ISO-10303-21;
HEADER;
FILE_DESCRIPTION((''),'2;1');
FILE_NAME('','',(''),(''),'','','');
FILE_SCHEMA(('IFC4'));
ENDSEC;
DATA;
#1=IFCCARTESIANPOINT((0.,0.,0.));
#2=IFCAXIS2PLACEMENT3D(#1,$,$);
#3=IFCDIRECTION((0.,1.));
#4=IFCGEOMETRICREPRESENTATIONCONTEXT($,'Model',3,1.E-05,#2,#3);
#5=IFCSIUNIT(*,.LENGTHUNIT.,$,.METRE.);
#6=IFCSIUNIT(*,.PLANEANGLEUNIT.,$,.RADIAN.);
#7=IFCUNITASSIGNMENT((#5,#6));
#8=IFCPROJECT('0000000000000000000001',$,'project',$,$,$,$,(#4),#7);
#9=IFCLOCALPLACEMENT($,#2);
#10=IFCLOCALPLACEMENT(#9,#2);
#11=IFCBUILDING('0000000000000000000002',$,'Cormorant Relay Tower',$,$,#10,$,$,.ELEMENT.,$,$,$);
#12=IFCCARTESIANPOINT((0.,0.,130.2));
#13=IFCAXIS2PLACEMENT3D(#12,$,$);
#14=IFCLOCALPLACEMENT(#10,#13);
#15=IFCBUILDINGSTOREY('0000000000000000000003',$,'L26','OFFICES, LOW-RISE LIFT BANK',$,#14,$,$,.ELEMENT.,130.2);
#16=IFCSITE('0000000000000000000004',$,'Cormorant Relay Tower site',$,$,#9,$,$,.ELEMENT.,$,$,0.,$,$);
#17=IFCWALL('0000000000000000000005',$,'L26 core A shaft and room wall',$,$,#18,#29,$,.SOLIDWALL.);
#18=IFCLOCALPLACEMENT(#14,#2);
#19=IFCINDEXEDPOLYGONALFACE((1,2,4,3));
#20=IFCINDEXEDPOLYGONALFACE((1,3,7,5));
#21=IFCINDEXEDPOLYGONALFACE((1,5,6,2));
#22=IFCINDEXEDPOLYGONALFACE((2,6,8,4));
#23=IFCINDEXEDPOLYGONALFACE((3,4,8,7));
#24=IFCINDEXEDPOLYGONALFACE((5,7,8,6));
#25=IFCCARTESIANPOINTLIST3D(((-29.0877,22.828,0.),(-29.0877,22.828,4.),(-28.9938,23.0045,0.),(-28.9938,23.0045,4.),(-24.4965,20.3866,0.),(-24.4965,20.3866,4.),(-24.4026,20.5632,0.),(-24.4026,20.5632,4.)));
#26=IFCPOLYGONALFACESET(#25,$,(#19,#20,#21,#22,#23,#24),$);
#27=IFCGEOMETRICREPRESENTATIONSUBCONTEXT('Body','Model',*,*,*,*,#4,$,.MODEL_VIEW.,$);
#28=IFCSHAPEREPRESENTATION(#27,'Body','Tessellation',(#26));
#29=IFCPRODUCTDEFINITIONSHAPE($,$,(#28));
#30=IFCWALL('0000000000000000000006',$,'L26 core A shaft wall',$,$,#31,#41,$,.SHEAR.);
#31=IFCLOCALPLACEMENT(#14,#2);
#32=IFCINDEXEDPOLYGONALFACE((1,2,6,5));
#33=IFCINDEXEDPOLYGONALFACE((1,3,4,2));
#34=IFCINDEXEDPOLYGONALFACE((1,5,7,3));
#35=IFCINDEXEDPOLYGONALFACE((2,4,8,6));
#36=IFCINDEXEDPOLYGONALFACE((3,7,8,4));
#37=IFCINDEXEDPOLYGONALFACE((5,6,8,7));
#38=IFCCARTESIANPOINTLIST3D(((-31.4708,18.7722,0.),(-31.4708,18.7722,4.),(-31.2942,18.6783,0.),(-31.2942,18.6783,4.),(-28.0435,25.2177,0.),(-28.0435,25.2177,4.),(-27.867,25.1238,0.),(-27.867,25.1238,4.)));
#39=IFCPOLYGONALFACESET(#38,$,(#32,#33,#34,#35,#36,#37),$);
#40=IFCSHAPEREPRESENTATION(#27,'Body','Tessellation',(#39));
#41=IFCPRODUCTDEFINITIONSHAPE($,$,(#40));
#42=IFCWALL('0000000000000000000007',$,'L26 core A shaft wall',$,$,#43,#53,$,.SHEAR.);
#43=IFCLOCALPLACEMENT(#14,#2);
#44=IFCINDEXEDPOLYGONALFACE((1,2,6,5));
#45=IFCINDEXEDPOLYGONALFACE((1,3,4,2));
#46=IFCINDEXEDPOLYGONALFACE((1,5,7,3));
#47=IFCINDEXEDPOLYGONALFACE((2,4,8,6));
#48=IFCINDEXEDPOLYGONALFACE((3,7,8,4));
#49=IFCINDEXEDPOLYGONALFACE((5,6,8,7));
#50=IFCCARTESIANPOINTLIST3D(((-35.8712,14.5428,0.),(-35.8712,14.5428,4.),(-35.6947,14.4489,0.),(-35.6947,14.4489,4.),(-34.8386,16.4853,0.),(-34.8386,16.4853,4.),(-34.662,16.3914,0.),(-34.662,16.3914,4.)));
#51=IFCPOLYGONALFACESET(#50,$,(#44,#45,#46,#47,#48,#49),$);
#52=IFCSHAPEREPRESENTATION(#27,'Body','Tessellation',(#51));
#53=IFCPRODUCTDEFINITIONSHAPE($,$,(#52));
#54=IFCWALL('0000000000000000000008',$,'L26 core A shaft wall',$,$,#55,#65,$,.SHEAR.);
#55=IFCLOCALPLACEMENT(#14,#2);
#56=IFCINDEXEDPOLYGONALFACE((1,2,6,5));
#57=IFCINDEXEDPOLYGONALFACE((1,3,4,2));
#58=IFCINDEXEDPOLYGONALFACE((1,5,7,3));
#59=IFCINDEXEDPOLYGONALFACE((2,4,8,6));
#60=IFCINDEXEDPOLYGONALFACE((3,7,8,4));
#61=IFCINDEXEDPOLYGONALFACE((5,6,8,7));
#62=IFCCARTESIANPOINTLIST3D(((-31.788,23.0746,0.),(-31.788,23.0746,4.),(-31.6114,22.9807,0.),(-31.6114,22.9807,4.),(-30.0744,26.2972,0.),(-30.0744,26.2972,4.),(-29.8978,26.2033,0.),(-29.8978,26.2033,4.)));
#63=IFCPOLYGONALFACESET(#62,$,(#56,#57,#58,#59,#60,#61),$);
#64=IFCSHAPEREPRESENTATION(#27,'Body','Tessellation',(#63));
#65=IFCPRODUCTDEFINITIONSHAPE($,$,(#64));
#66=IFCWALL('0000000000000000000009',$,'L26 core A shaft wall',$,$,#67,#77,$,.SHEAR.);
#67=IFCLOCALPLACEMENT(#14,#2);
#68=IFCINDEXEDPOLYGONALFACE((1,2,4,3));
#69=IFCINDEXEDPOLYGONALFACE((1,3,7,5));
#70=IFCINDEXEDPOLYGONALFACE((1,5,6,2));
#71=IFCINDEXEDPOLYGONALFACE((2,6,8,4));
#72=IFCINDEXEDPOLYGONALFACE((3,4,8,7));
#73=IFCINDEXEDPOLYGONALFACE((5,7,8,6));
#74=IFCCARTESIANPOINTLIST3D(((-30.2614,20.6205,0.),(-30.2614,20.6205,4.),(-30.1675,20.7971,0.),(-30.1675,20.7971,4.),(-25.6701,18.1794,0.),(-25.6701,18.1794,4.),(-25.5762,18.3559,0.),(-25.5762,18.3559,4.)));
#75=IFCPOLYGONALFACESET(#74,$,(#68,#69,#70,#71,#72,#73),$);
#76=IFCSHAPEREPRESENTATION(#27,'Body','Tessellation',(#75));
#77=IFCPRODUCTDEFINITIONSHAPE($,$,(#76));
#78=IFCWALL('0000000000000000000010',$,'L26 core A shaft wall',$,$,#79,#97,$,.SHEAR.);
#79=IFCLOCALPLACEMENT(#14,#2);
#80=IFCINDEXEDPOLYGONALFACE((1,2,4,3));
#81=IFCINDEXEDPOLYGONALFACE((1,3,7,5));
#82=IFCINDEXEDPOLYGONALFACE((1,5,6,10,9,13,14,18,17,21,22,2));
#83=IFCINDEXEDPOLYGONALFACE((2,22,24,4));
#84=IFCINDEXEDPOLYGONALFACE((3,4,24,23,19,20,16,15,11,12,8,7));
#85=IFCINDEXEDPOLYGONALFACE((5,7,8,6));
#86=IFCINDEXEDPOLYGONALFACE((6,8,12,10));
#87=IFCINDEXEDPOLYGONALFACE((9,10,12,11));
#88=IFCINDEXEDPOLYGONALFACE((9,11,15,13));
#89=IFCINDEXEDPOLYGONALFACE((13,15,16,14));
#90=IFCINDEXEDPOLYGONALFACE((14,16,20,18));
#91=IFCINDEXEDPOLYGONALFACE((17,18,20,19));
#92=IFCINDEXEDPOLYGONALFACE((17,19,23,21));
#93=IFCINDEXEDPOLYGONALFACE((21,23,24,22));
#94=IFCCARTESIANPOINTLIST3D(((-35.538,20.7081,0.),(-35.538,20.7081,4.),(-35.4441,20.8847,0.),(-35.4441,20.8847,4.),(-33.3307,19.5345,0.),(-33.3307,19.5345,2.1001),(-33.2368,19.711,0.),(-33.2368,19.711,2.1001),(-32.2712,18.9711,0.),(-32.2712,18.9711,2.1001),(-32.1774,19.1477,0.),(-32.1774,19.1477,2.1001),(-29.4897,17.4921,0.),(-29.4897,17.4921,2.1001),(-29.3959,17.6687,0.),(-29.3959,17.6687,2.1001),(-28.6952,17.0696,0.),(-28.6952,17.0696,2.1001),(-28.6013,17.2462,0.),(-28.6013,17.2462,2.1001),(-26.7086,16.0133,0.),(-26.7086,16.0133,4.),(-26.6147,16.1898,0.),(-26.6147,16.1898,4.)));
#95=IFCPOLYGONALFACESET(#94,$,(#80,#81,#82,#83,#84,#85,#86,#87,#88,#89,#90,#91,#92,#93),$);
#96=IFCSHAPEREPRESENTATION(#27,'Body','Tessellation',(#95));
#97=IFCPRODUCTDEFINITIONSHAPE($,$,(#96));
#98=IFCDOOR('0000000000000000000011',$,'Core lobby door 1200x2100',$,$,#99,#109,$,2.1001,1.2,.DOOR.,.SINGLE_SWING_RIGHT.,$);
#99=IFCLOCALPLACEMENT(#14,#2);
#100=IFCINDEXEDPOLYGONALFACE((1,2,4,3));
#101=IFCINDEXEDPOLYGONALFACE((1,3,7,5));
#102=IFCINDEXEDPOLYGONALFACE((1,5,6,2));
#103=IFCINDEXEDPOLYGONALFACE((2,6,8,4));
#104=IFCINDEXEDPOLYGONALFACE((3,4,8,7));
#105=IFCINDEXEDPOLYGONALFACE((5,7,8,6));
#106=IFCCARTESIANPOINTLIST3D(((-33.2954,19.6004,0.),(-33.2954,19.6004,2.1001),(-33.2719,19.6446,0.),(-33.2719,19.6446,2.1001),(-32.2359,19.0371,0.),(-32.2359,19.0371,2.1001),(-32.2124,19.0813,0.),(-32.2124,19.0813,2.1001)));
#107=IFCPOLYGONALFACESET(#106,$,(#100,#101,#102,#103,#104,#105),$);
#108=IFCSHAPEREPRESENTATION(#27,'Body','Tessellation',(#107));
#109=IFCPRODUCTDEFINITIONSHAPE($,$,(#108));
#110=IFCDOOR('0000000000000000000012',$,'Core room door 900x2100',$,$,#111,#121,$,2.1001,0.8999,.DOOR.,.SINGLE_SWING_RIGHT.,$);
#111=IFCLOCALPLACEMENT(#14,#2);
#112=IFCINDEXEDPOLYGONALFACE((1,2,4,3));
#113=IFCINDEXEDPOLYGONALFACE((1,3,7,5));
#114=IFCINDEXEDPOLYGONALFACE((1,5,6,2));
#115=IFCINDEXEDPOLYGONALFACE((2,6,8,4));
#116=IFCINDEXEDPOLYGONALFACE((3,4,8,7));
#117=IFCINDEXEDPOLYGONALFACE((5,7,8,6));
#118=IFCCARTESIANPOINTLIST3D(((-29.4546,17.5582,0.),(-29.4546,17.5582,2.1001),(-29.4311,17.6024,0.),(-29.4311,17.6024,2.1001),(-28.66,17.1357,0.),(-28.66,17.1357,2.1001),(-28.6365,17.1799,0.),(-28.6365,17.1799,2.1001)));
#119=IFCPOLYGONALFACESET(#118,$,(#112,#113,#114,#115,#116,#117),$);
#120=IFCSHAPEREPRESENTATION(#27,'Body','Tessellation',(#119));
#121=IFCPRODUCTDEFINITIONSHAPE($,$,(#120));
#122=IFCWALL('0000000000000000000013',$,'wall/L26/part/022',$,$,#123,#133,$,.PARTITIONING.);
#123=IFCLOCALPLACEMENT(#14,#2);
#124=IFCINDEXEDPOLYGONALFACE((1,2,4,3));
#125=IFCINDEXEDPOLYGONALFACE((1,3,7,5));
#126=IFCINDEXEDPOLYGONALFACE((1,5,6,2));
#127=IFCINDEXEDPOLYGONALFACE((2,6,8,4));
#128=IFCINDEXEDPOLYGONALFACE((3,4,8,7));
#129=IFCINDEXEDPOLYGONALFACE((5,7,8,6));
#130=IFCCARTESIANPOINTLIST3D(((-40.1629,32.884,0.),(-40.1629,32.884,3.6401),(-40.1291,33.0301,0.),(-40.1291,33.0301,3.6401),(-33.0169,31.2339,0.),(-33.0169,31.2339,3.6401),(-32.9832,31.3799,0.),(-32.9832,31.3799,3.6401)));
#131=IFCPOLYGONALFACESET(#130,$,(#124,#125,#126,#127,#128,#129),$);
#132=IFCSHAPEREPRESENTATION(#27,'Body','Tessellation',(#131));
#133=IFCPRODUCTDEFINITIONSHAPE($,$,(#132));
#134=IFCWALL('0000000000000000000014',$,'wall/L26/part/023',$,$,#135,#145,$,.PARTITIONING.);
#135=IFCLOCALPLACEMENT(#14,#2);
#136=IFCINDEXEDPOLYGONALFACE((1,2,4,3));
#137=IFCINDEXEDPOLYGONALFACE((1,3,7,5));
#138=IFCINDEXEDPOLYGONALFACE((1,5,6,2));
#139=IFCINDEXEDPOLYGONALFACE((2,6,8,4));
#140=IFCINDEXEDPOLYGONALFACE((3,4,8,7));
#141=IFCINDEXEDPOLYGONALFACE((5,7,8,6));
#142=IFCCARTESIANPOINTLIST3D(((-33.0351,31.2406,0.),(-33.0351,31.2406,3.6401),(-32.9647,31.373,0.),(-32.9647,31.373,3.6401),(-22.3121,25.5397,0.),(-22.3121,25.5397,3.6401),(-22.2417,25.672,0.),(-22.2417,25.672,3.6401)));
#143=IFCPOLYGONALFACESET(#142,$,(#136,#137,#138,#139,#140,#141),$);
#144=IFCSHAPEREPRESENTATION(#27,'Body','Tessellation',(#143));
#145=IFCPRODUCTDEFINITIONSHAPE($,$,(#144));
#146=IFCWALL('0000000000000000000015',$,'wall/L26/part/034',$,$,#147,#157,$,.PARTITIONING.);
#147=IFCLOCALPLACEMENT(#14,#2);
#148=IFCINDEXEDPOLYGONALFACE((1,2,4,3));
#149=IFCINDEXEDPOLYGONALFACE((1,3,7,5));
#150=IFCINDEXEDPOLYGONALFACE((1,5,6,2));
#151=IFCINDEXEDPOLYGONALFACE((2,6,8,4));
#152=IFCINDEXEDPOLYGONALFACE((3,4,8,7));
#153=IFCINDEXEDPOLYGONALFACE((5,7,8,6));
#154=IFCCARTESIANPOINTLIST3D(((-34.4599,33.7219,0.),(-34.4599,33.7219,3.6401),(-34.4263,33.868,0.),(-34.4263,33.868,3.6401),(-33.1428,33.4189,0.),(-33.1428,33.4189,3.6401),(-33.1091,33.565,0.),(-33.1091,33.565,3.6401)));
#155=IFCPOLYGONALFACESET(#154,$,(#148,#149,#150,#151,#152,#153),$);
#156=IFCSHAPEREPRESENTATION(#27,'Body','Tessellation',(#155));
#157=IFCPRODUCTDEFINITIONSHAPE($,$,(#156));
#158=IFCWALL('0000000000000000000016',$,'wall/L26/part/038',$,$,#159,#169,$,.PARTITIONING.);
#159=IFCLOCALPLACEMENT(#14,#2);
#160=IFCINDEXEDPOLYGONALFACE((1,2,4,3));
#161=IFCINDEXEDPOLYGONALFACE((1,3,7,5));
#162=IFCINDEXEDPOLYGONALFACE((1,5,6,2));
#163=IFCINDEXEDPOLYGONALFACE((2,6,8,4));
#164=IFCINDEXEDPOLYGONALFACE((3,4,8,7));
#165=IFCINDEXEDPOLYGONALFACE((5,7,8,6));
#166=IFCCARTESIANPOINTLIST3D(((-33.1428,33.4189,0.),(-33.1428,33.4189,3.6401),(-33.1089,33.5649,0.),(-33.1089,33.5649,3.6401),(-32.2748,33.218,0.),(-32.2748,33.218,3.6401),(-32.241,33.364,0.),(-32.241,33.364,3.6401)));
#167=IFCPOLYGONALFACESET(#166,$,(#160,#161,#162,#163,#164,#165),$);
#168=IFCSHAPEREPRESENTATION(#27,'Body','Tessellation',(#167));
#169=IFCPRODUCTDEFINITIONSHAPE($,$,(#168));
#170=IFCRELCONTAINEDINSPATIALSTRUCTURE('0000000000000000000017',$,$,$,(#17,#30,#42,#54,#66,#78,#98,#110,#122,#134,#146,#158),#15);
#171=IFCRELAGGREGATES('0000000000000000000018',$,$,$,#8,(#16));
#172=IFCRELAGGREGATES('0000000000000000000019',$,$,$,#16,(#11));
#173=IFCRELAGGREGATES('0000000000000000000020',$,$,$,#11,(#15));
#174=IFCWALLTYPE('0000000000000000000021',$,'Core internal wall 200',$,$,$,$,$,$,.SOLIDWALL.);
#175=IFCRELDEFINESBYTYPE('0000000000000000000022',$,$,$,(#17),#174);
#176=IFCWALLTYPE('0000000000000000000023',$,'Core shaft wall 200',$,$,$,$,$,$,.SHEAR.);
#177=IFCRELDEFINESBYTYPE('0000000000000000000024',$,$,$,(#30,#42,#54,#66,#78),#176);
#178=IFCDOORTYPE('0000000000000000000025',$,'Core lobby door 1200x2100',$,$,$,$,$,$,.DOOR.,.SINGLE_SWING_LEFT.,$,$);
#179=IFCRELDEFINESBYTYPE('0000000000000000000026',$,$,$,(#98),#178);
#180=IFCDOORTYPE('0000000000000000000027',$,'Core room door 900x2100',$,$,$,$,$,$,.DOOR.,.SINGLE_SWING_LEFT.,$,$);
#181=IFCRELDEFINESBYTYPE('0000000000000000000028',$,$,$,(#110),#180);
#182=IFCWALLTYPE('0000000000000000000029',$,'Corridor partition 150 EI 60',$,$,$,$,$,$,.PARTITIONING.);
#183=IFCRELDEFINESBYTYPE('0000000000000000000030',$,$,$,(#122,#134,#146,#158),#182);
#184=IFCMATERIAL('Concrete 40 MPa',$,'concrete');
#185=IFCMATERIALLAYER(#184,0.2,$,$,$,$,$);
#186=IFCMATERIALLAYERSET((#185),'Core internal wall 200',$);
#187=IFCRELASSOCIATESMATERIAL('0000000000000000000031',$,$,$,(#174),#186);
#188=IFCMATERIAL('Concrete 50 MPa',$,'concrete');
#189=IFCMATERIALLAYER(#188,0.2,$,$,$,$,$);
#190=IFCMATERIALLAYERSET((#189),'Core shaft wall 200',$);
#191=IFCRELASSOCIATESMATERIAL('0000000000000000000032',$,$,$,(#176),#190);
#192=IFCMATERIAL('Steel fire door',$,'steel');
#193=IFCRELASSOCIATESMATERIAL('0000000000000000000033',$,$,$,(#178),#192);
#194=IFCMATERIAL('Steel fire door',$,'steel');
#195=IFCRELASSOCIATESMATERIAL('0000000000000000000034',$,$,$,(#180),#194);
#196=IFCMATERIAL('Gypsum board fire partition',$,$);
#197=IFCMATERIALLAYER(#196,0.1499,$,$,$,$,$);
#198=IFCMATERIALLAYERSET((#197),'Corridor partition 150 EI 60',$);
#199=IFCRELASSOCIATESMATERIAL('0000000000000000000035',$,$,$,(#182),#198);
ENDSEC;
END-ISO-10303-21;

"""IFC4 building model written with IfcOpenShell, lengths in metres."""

from ifc_helpers import new_model, si_unit, direction, frame, frame_2d, origin, place, context, subcontext, project, spatial, rectangle, extrude, material, layer, layer_set, type_object, element, fill, save


model = new_model("IFC4")

# Units and contexts
model_context = context("Model", 3, precision=1e-05, world=origin(), true_north=direction((0.0, 1.0)))
body_context = subcontext(model_context, "Body", "Model", "MODEL_VIEW")
ifc_project = project(units=[si_unit("LENGTHUNIT", "METRE"), si_unit("PLANEANGLEUNIT", "RADIAN")], contexts=[model_context])

# Site, building, storey
site_placement = place(None, origin())
site = spatial("IfcSite", under=ifc_project, at=site_placement, Name="Cormorant Relay Tower site", CompositionType="ELEMENT", RefElevation=0.0)
building_placement = place(site_placement, origin())
building = spatial("IfcBuilding", under=site, at=building_placement, Name="Cormorant Relay Tower", CompositionType="ELEMENT")
storey_placement = place(building_placement, frame((0.0, 0.0, 130.2)))
storey = spatial("IfcBuildingStorey", under=building, at=storey_placement, Name="L26", Description="OFFICES, LOW-RISE LIFT BANK", CompositionType="ELEMENT", Elevation=130.2)

# Walls
ifc_material_1 = material(Name="Concrete 40 MPa", Category="concrete")
ifc_layer_1 = layer(ifc_material_1, 0.2)
ifc_layer_set_1 = layer_set([ifc_layer_1], Name="Core internal wall 200")
wall_type_1 = type_object("IfcWallType", Name="Core internal wall 200", PredefinedType="SOLIDWALL", material=ifc_layer_set_1)
wall_1_placement = place(storey_placement, frame((-24.4495, 20.4749, 0.0), z_axis=(0.0, 0.0, 1.0), x_axis=(-0.882935, 0.469496, 0.0)))
element("IfcWall", 1, at=wall_1_placement, inside=storey, type_object=wall_type_1, Name="L26 core A shaft and room wall", PredefinedType="SOLIDWALL", context=body_context, shape_type="SweptSolid", body=[
    extrude(rectangle(XDim=5.2, YDim=0.2, at=frame_2d((2.6001, 0.0))), origin(), (0.0, 0.0, 1.0), 4.0),
])
ifc_material_2 = material(Name="Concrete 50 MPa", Category="concrete")
ifc_layer_2 = layer(ifc_material_2, 0.2)
ifc_layer_set_2 = layer_set([ifc_layer_2], Name="Core shaft wall 200")
wall_type_2 = type_object("IfcWallType", Name="Core shaft wall 200", PredefinedType="SHEAR", material=ifc_layer_set_2)
wall_2_placement = place(storey_placement, frame((-27.9553, 25.1707, 0.0), z_axis=(0.0, 0.0, 1.0), x_axis=(-0.46948, -0.882943, 0.0)))
element("IfcWall", 2, at=wall_2_placement, inside=storey, type_object=wall_type_2, Name="L26 core A shaft wall", PredefinedType="SHEAR", context=body_context, shape_type="SweptSolid", body=[
    extrude(rectangle(XDim=7.3, YDim=0.2, at=frame_2d((3.6499, 0.0))), origin(), (0.0, 0.0, 1.0), 4.0),
])
wall_3_placement = place(storey_placement, frame((-34.7502, 16.4385, 0.0), z_axis=(0.0, 0.0, 1.0), x_axis=(-0.469401, -0.882985, 0.0)))
element("IfcWall", 3, at=wall_3_placement, inside=storey, type_object=wall_type_2, Name="L26 core A shaft wall", PredefinedType="SHEAR", context=body_context, shape_type="SweptSolid", body=[
    extrude(rectangle(XDim=2.2, YDim=0.2, at=frame_2d((1.1001, 0.0))), origin(), (0.0, 0.0, 1.0), 4.0),
])
wall_4_placement = place(storey_placement, frame((-29.9861, 26.2502, 0.0), z_axis=(0.0, 0.0, 1.0), x_axis=(-0.469494, -0.882936, 0.0)))
element("IfcWall", 4, at=wall_4_placement, inside=storey, type_object=wall_type_2, Name="L26 core A shaft wall", PredefinedType="SHEAR", context=body_context, shape_type="SweptSolid", body=[
    extrude(rectangle(XDim=3.6499, YDim=0.2, at=frame_2d((1.825, 0.0))), origin(), (0.0, 0.0, 1.0), 4.0),
])

# Wall
wall_5_placement = place(storey_placement, frame((-25.623, 18.2676, 0.0), z_axis=(0.0, 0.0, 1.0), x_axis=(-0.882954, 0.46946, 0.0)))
element("IfcWall", 5, at=wall_5_placement, inside=storey, type_object=wall_type_2, Name="L26 core A shaft wall", PredefinedType="SHEAR", context=body_context, shape_type="SweptSolid", body=[
    extrude(rectangle(XDim=5.2, YDim=0.2, at=frame_2d((2.6001, 0.0))), origin(), (0.0, 0.0, 1.0), 4.0),
])

# Wall, openings, doors
wall_6_placement = place(storey_placement, frame((-26.6616, 16.1016, 0.0), z_axis=(0.0, 0.0, 1.0), x_axis=(-0.88294, 0.469485, 0.0)))
wall_6 = element("IfcWall", 6, at=wall_6_placement, inside=storey, type_object=wall_type_2, Name="L26 core A shaft wall", PredefinedType="SHEAR", context=body_context, shape_type="SweptSolid", body=[
    extrude(rectangle(XDim=10.0, YDim=0.2, at=frame_2d((5.0, 0.0))), origin(), (0.0, 0.0, 1.0), 4.0),
])
opening_1_placement = place(wall_6_placement, frame((6.3, 0.0, 0.0)))
opening_1 = element("IfcOpeningElement", 7, at=opening_1_placement, cuts=wall_6, PredefinedType="OPENING", context=body_context, shape_type="SweptSolid", body=[
    extrude(rectangle(XDim=1.2, YDim=2.1001, at=frame_2d((0.6001, 1.05))), frame((0.0, 0.1099, 0.0), z_axis=(0.0, -1.0, 0.0), x_axis=(1.0, 0.0, 0.0)), (0.0, 0.0, 1.0), 0.22),
])
opening_2_placement = place(wall_6_placement, frame((2.25, 0.0, 0.0)))
opening_2 = element("IfcOpeningElement", 8, at=opening_2_placement, cuts=wall_6, PredefinedType="OPENING", context=body_context, shape_type="SweptSolid", body=[
    extrude(rectangle(XDim=0.8999, YDim=2.1001, at=frame_2d((0.45, 1.05))), frame((0.0, 0.1099, 0.0), z_axis=(0.0, -1.0, 0.0), x_axis=(1.0, 0.0, 0.0)), (0.0, 0.0, 1.0), 0.22),
])
ifc_material_3 = material(Name="Steel fire door", Category="steel")
door_type_1 = type_object("IfcDoorType", Name="Core lobby door 1200x2100", OperationType="SINGLE_SWING_LEFT", PredefinedType="DOOR", material=ifc_material_3)
door_1_placement = place(opening_1_placement, frame((1.2, 0.0, 0.0), z_axis=(0.0, 0.0, 1.0), x_axis=(-1.0, 0.0, 0.0)))
door_1 = element("IfcDoor", 9, at=door_1_placement, inside=storey, type_object=door_type_1, Name="Core lobby door 1200x2100", OperationType="SINGLE_SWING_RIGHT", OverallHeight=2.1001, OverallWidth=1.2, PredefinedType="DOOR", context=body_context, shape_type="SweptSolid", body=[
    extrude(rectangle(XDim=1.2, YDim=2.1001, at=frame_2d((0.6001, 1.05))), frame((0.0, 0.0249, 0.0), z_axis=(0.0, -1.0, 0.0), x_axis=(1.0, 0.0, 0.0)), (0.0, 0.0, 1.0), 0.05),
])
fill(opening_1, door_1)
ifc_material_4 = material(Name="Steel fire door", Category="steel")
door_type_2 = type_object("IfcDoorType", Name="Core room door 900x2100", OperationType="SINGLE_SWING_LEFT", PredefinedType="DOOR", material=ifc_material_4)
door_2_placement = place(opening_2_placement, frame((0.8999, 0.0, 0.0), z_axis=(0.0, 0.0, 1.0), x_axis=(-1.0, 0.0, 0.0)))
door_2 = element("IfcDoor", 10, at=door_2_placement, inside=storey, type_object=door_type_2, Name="Core room door 900x2100", OperationType="SINGLE_SWING_RIGHT", OverallHeight=2.1001, OverallWidth=0.8999, PredefinedType="DOOR", context=body_context, shape_type="SweptSolid", body=[
    extrude(rectangle(XDim=0.8999, YDim=2.1001, at=frame_2d((0.45, 1.05))), frame((0.0, 0.0249, 0.0), z_axis=(0.0, -1.0, 0.0), x_axis=(1.0, 0.0, 0.0)), (0.0, 0.0, 1.0), 0.05),
])
fill(opening_2, door_2)

# Walls
ifc_material_5 = material(Name="Gypsum board fire partition")
ifc_layer_3 = layer(ifc_material_5, 0.1499)
ifc_layer_set_3 = layer_set([ifc_layer_3], Name="Corridor partition 150 EI 60")
wall_type_3 = type_object("IfcWallType", Name="Corridor partition 150 EI 60", PredefinedType="PARTITIONING", material=ifc_layer_set_3)
wall_7_placement = place(storey_placement, frame((-40.146, 32.957, 0.0), z_axis=(0.0, 0.0, 1.0), x_axis=(0.974359, -0.224998, 0.0)))
element("IfcWall", 11, at=wall_7_placement, inside=storey, type_object=wall_type_3, Name="wall/L26/part/022", PredefinedType="PARTITIONING", context=body_context, shape_type="SweptSolid", body=[
    extrude(rectangle(XDim=7.334, YDim=0.1499, at=frame_2d((3.667, 0.0))), origin(), (0.0, 0.0, 1.0), 3.6401),
])
wall_8_placement = place(storey_placement, frame((-33.0, 31.3069, 0.0), z_axis=(0.0, 0.0, 1.0), x_axis=(0.882966, -0.469437, 0.0)))
element("IfcWall", 12, at=wall_8_placement, inside=storey, type_object=wall_type_3, Name="wall/L26/part/023", PredefinedType="PARTITIONING", context=body_context, shape_type="SweptSolid", body=[
    extrude(rectangle(XDim=12.1443, YDim=0.1499, at=frame_2d((6.0723, 0.0))), origin(), (0.0, 0.0, 1.0), 3.6401),
])
wall_9_placement = place(storey_placement, frame((-34.4431, 33.7949, 0.0), z_axis=(0.0, 0.0, 1.0), x_axis=(0.974549, -0.224173, 0.0)))
element("IfcWall", 13, at=wall_9_placement, inside=storey, type_object=wall_type_3, Name="wall/L26/part/034", PredefinedType="PARTITIONING", context=body_context, shape_type="SweptSolid", body=[
    extrude(rectangle(XDim=1.3516, YDim=0.1499, at=frame_2d((0.6758, 0.0))), origin(), (0.0, 0.0, 1.0), 3.6401),
])
wall_10_placement = place(storey_placement, frame((-32.2581, 33.291, 0.0), z_axis=(0.0, 0.0, 1.0), x_axis=(-0.974234, 0.22554, 0.0)))
element("IfcWall", 14, at=wall_10_placement, inside=storey, type_object=wall_type_3, Name="wall/L26/part/038", PredefinedType="PARTITIONING", context=body_context, shape_type="SweptSolid", body=[
    extrude(rectangle(XDim=0.8909, YDim=0.1499, at=frame_2d((0.4453, 0.0))), origin(), (0.0, 0.0, 1.0), 3.6401),
])

save(model, "model.ifc")
